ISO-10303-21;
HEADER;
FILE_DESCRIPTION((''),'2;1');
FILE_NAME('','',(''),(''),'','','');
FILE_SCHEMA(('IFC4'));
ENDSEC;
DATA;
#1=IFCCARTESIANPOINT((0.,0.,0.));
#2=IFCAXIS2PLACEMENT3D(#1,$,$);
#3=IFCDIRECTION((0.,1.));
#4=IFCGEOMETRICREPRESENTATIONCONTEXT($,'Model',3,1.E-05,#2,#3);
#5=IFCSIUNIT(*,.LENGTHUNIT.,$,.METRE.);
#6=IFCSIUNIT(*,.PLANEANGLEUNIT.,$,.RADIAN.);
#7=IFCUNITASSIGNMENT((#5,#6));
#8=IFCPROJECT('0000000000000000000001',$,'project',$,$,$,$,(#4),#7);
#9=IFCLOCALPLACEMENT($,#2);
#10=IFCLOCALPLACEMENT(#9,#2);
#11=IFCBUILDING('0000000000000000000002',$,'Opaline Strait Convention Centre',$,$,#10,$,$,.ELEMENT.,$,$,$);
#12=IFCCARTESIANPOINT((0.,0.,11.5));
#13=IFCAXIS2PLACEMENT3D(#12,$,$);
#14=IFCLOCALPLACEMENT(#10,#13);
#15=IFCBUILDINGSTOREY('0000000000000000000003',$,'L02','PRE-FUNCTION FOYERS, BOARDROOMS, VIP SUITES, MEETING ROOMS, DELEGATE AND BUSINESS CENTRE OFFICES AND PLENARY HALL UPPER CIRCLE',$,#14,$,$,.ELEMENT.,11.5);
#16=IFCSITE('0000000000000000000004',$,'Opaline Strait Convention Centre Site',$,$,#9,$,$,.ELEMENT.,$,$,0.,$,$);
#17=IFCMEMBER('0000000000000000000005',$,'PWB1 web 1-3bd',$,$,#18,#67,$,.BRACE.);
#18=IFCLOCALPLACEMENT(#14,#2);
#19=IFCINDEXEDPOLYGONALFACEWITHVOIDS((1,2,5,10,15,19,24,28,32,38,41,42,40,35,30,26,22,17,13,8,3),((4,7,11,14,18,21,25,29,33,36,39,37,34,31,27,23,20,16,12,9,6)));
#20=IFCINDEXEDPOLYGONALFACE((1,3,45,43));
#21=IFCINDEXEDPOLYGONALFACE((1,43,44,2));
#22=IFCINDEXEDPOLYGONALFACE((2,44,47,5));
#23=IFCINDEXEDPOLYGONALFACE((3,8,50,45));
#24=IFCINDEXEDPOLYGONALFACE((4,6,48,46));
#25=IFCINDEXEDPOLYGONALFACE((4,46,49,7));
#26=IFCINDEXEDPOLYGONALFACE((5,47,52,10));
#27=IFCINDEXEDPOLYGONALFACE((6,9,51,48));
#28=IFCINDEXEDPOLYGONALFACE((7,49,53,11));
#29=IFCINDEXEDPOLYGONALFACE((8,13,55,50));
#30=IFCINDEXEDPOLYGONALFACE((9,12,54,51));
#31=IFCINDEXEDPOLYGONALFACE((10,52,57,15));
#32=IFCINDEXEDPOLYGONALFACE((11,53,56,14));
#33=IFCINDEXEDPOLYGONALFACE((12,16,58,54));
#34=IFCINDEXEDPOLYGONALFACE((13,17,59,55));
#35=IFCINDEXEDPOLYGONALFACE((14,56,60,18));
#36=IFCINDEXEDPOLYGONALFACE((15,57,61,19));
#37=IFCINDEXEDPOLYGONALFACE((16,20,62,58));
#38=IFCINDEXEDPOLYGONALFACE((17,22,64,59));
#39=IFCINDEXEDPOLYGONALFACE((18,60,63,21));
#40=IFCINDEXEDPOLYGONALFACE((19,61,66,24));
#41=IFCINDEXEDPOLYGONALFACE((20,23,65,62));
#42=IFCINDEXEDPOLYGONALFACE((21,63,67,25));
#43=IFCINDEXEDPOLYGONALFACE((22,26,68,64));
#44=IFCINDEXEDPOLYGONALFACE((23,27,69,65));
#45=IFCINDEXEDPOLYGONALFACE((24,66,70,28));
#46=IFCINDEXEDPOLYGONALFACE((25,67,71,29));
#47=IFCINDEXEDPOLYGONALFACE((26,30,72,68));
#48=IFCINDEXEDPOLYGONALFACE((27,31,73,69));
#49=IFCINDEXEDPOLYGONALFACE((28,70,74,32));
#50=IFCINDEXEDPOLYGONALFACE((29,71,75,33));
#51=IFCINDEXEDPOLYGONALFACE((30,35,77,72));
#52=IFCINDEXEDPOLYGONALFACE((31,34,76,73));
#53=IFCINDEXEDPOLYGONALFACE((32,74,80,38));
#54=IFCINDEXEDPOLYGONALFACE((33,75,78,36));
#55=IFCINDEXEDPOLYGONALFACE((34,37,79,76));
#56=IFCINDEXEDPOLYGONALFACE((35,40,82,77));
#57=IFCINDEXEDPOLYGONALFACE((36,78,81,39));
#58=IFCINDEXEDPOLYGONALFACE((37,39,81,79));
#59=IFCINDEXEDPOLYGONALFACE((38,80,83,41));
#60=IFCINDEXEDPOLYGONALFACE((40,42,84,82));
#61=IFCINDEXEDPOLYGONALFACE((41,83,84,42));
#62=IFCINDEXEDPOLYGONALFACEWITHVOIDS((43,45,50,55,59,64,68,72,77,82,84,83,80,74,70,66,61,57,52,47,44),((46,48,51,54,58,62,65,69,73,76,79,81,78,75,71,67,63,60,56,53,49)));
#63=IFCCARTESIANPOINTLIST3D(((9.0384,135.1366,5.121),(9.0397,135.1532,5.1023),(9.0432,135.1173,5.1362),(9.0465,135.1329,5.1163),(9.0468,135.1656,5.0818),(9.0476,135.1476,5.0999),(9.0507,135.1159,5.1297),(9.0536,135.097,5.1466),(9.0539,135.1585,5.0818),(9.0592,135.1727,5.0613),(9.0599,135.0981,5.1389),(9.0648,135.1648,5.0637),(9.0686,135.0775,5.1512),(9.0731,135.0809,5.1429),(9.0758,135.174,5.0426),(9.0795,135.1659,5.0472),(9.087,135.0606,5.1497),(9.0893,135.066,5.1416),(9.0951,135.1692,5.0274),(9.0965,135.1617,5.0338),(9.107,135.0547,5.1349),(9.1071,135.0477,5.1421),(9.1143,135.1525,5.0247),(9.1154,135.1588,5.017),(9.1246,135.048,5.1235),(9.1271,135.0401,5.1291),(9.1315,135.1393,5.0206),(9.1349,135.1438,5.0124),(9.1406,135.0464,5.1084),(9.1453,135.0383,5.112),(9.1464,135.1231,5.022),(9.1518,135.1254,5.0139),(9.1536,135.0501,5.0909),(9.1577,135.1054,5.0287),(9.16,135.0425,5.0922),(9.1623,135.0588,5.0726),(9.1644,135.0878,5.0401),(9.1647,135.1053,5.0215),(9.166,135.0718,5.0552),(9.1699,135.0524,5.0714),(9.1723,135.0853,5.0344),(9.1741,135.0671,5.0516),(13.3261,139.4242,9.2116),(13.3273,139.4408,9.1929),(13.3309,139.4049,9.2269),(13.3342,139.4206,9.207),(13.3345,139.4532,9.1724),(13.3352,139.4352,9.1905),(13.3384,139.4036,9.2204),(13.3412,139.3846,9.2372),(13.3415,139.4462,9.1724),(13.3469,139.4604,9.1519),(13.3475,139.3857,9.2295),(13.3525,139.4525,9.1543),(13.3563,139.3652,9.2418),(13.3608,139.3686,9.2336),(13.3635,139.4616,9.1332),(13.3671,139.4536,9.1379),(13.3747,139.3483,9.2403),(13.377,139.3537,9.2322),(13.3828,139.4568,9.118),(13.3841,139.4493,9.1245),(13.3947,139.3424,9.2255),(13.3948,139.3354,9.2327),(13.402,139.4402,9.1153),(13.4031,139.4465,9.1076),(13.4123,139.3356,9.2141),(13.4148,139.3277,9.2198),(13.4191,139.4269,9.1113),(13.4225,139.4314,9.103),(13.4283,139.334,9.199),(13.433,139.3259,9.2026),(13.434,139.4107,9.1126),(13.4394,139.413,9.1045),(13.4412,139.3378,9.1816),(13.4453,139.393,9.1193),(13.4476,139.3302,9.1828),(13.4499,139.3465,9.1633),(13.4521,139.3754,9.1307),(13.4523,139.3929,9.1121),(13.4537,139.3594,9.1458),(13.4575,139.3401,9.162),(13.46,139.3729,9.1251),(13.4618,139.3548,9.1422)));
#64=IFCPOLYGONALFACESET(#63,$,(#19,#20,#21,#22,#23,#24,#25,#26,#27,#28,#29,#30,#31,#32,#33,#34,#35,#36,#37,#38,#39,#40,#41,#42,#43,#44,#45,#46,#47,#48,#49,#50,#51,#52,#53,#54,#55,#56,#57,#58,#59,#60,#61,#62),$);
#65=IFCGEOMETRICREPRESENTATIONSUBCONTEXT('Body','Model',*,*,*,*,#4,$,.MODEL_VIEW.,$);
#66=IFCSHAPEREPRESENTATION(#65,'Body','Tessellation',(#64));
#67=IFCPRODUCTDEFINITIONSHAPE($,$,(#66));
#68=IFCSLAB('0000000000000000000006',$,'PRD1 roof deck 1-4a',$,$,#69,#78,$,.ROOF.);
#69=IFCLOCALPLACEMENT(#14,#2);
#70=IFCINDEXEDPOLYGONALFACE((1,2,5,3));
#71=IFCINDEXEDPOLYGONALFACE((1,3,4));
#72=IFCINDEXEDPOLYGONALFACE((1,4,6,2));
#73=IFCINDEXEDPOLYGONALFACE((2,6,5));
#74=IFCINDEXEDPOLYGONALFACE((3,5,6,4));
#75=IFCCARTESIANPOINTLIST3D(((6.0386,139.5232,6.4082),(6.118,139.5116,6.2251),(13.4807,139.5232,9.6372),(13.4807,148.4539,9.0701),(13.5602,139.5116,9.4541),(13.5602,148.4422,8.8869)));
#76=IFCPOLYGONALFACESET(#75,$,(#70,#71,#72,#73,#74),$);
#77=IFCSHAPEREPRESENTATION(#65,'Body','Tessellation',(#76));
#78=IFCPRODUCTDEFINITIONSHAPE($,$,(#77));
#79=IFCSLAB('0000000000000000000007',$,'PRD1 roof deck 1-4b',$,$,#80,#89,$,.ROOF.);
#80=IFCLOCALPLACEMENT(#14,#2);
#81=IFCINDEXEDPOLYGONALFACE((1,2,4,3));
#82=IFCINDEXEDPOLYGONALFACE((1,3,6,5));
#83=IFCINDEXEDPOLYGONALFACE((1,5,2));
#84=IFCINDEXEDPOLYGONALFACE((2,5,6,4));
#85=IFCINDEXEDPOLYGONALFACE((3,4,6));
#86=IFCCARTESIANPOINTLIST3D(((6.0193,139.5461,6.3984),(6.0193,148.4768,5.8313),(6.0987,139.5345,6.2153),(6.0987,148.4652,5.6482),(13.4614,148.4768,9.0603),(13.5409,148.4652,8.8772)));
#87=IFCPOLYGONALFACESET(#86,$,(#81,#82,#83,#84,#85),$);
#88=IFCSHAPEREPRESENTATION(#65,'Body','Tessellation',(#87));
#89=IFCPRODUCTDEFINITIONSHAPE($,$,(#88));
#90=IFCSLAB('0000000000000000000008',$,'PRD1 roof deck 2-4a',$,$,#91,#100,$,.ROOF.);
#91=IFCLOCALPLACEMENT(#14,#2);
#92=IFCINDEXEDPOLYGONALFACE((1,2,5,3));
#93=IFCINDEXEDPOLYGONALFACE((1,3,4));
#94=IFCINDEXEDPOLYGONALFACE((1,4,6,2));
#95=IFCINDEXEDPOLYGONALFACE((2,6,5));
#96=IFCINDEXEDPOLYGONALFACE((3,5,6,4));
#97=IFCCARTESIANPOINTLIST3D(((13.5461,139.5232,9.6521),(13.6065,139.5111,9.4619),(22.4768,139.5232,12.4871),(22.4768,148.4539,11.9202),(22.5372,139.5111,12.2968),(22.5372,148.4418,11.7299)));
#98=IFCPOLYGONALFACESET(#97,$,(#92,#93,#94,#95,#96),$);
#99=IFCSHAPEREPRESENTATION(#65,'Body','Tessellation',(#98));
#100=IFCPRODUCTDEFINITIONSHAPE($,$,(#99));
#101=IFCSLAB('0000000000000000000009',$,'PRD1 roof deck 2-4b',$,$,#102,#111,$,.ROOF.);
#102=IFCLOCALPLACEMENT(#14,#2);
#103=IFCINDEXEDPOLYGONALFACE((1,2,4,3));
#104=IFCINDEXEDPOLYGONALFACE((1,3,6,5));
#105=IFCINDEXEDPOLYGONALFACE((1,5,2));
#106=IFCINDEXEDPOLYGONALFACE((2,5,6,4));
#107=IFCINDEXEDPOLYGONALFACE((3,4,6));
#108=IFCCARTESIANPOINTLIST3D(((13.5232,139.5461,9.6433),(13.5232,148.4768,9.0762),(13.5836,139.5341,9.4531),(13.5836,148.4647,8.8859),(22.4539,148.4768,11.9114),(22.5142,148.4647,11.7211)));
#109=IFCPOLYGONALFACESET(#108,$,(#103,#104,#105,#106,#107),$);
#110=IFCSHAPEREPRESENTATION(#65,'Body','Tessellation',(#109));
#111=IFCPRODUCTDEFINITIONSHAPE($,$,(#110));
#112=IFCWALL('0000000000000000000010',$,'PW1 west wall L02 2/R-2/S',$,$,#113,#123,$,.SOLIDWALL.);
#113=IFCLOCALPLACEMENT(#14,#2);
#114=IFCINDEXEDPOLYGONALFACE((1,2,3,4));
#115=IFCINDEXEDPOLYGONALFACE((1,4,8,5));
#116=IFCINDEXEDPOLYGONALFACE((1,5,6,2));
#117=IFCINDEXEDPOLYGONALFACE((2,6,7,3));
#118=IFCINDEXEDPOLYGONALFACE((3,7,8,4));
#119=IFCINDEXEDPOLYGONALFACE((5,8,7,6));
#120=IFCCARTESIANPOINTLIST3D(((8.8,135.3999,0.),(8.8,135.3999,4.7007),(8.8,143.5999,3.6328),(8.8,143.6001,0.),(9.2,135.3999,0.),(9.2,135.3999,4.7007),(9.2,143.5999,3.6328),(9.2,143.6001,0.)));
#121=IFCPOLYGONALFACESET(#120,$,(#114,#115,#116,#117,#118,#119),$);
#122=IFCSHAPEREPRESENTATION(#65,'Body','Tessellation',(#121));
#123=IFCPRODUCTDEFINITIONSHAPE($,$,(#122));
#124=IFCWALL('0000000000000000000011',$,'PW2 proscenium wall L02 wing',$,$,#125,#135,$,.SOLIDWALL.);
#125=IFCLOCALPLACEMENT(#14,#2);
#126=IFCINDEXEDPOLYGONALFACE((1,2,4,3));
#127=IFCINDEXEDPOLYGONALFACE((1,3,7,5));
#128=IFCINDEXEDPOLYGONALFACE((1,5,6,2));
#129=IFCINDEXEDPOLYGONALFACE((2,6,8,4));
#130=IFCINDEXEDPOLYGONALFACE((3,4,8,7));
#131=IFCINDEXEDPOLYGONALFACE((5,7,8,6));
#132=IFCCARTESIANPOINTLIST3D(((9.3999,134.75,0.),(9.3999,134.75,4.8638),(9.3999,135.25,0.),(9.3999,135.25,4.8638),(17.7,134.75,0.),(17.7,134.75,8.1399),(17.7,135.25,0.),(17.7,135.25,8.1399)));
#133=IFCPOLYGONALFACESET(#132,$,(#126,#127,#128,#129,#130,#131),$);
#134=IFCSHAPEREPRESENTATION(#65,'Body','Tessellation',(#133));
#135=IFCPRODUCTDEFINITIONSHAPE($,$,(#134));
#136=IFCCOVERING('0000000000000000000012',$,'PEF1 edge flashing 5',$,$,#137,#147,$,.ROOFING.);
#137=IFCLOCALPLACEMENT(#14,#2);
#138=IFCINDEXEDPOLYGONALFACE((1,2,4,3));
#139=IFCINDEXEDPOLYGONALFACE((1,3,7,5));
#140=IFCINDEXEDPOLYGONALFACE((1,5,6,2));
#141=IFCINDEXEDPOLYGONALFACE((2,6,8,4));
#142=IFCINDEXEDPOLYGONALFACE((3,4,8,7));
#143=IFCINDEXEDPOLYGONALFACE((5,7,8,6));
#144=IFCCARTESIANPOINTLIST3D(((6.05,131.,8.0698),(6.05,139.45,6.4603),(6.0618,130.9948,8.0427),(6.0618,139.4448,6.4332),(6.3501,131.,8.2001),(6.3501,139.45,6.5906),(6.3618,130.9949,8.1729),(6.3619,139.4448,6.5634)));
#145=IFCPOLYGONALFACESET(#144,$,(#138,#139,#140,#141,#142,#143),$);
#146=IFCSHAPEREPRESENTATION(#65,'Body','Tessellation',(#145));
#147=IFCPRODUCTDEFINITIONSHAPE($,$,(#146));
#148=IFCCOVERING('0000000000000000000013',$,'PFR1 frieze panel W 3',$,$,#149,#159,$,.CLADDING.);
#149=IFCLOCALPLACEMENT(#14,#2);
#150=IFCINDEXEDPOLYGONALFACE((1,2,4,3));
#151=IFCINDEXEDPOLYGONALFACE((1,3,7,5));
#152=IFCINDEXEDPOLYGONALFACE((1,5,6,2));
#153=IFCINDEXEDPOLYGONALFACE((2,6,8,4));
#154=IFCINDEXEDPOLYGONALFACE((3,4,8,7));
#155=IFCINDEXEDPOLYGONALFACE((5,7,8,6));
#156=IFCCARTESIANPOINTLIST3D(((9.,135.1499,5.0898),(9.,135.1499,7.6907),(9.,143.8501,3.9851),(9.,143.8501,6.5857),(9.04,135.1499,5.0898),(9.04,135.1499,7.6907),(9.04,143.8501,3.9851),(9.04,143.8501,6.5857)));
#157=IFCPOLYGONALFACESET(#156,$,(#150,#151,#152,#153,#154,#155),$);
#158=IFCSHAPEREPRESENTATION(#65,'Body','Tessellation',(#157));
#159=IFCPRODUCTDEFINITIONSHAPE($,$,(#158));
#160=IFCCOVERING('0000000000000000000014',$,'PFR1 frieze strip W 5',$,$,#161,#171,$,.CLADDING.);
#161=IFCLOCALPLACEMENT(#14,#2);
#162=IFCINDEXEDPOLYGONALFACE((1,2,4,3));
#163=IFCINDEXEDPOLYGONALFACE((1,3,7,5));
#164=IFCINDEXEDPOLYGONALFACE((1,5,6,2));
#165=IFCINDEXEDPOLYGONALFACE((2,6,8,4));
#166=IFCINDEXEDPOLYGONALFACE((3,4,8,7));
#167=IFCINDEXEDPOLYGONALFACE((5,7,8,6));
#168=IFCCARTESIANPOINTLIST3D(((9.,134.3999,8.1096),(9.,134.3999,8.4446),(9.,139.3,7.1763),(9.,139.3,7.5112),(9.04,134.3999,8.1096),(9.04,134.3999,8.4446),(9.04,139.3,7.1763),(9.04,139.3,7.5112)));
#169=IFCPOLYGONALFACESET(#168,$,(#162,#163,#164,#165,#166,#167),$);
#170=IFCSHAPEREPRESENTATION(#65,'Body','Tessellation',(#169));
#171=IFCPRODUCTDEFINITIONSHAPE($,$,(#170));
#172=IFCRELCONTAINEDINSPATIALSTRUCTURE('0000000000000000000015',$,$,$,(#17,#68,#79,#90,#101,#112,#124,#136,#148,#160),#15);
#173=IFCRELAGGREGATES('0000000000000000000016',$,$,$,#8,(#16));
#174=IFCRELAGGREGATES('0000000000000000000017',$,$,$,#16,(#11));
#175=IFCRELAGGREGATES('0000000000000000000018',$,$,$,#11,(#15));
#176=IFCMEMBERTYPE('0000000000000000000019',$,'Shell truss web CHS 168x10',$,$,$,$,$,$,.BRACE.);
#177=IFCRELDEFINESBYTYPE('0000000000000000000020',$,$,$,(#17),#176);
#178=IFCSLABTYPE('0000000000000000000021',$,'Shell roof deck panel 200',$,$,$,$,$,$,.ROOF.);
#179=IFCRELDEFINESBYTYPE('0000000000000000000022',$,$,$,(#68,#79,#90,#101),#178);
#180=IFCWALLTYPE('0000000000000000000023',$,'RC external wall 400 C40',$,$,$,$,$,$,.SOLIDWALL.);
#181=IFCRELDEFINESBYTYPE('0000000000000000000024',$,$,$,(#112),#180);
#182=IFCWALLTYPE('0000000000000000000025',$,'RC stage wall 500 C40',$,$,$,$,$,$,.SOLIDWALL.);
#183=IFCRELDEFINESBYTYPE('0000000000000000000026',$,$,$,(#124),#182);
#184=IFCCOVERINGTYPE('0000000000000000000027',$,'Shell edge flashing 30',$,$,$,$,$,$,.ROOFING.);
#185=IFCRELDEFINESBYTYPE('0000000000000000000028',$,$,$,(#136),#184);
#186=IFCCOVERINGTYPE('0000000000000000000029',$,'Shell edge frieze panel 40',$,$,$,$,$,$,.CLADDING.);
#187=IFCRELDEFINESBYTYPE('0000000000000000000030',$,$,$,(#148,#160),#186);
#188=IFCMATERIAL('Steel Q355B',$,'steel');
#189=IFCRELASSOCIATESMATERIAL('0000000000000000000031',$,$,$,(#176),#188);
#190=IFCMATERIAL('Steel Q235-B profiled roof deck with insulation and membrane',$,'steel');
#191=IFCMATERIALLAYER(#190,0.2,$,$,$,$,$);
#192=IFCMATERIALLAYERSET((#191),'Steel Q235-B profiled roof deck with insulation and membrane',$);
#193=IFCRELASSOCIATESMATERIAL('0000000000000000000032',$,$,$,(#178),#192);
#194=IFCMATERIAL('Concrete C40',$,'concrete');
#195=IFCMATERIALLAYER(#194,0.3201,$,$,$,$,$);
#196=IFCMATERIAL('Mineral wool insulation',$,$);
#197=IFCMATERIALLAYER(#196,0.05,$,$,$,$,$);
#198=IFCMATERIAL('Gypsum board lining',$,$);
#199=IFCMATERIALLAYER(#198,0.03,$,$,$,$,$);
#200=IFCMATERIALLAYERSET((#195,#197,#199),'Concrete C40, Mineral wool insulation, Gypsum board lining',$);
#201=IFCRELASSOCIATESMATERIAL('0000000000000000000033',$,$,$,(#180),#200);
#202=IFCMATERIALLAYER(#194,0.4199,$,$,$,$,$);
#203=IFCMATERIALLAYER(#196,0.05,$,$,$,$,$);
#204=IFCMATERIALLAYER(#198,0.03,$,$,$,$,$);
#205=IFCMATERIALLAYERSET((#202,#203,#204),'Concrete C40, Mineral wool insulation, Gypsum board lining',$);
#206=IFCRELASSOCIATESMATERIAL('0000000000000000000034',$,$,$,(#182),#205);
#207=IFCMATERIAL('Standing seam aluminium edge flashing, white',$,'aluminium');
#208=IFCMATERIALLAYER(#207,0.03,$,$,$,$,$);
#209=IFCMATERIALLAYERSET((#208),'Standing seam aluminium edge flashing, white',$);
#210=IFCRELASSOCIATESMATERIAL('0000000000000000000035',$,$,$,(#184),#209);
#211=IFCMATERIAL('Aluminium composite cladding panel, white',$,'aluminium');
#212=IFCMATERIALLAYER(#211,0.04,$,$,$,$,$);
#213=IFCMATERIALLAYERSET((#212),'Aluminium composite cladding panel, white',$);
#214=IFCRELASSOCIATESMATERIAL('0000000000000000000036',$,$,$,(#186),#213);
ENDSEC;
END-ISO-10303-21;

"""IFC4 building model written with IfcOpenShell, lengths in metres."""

from ifc_helpers import new_model, si_unit, direction, frame, origin, origin_2d, place, context, subcontext, project, spatial, polyline, hollow_circle, outline, extrude, material, layer, layer_set, material_profile, profile_set, type_object, element, save


model = new_model("IFC4")

# Units and contexts
model_context = context("Model", 3, precision=1e-05, world=origin(), true_north=direction((0.0, 1.0)))
body_context = subcontext(model_context, "Body", "Model", "MODEL_VIEW")
ifc_project = project(units=[si_unit("LENGTHUNIT", "METRE"), si_unit("PLANEANGLEUNIT", "RADIAN")], contexts=[model_context])

# Site, building, storey
site_placement = place(None, origin())
site = spatial("IfcSite", under=ifc_project, at=site_placement, Name="Opaline Strait Convention Centre Site", CompositionType="ELEMENT", RefElevation=0.0)
building_placement = place(site_placement, origin())
building = spatial("IfcBuilding", under=site, at=building_placement, Name="Opaline Strait Convention Centre", CompositionType="ELEMENT")
storey_placement = place(building_placement, frame((0.0, 0.0, 11.5)))
storey = spatial("IfcBuildingStorey", under=building, at=storey_placement, Name="L02", Description="PRE-FUNCTION FOYERS, BOARDROOMS, VIP SUITES, MEETING ROOMS, DELEGATE AND BUSINESS CENTRE OFFICES AND PLENARY HALL UPPER CIRCLE", CompositionType="ELEMENT", Elevation=11.5)

# Shared definitions
ifc_material_1 = material(Name="Concrete C40", Category="concrete")

# Member
ifc_material_2 = material(Name="Steel Q355B", Category="steel")
ifc_material_profile_1 = material_profile(ifc_material_2, hollow_circle(Radius=0.084, WallThickness=0.01, at=origin_2d()), Name="CHS 168x10")
ifc_profile_set_1 = profile_set([ifc_material_profile_1], Name="Steel Q355B")
member_type_1 = type_object("IfcMemberType", Name="Shell truss web CHS 168x10", PredefinedType="BRACE", material=ifc_profile_set_1)
member_1_placement = place(storey_placement, frame((9.1062, 135.1062, 5.0818), z_axis=(0.586189, 0.586189, 0.559253), x_axis=(-0.707107, 0.707107, 0.0)))
element("IfcMember", 1, at=member_1_placement, inside=storey, type_object=member_type_1, Name="PWB1 web 1-3bd", PredefinedType="BRACE", context=body_context, shape_type="SweptSolid", body=[
    extrude(hollow_circle(Radius=0.084, WallThickness=0.01, at=origin_2d()), origin(), (0.0, 0.0, 1.0), 7.3145),
])

# Slabs
ifc_material_3 = material(Name="Steel Q235-B profiled roof deck with insulation and membrane", Category="steel")
ifc_layer_1 = layer(ifc_material_3, 0.2)
ifc_layer_set_1 = layer_set([ifc_layer_1], Name="Steel Q235-B profiled roof deck with insulation and membrane")
slab_type = type_object("IfcSlabType", Name="Shell roof deck panel 200", PredefinedType="ROOF", material=ifc_layer_set_1)
slab_1_placement = place(storey_placement, frame((6.0386, 139.5232, 6.4082), z_axis=(-0.397357, 0.058159, 0.915819), x_axis=(0.917372, 0.0, 0.398031)))
element("IfcSlab", 2, at=slab_1_placement, inside=storey, type_object=slab_type, Name="PRD1 roof deck 1-4a", PredefinedType="ROOF", context=body_context, shape_type="SweptSolid", body=[
    extrude(outline(polyline([(0.0, 0.0), (8.1125, 0.0), (7.8867, 8.9458), (0.0, 0.0)])), origin(), (0.0, 0.0, -1.0), 0.2),
])
slab_2_placement = place(storey_placement, frame((6.0193, 139.5461, 6.3984), z_axis=(-0.397357, 0.058159, 0.915819), x_axis=(0.62403, 0.748844, 0.2232)))
element("IfcSlab", 3, at=slab_2_placement, inside=storey, type_object=slab_type, Name="PRD1 roof deck 1-4b", PredefinedType="ROOF", context=body_context, shape_type="SweptSolid", body=[
    extrude(outline(polyline([(0.0, 0.0), (11.9259, 0.0), (6.5611, 6.0853), (0.0, 0.0)])), origin(), (0.0, 0.0, -1.0), 0.2),
])
slab_3_placement = place(storey_placement, frame((13.5461, 139.5232, 9.6521), z_axis=(-0.30201, 0.060392, 0.95139), x_axis=(0.95313, 0.0, 0.302563)))
element("IfcSlab", 4, at=slab_3_placement, inside=storey, type_object=slab_type, Name="PRD1 roof deck 2-4a", PredefinedType="ROOF", context=body_context, shape_type="SweptSolid", body=[
    extrude(outline(polyline([(0.0, 0.0), (9.3698, 0.0), (9.1983, 8.947), (0.0, 0.0)])), origin(), (0.0, 0.0, -1.0), 0.2),
])
slab_4_placement = place(storey_placement, frame((13.5232, 139.5461, 9.6433), z_axis=(-0.302034, 0.060417, 0.951381), x_axis=(0.695974, 0.695974, 0.176752)))
element("IfcSlab", 5, at=slab_4_placement, inside=storey, type_object=slab_type, Name="PRD1 roof deck 2-4b", PredefinedType="ROOF", context=body_context, shape_type="SweptSolid", body=[
    extrude(outline(polyline([(0.0, 0.0), (12.8319, 0.0), (6.1153, 6.5331), (0.0, 0.0)])), origin(), (0.0, 0.0, -1.0), 0.2),
])

# Walls
ifc_layer_2 = layer(ifc_material_1, 0.3201)
ifc_material_4 = material(Name="Mineral wool insulation")
ifc_layer_3 = layer(ifc_material_4, 0.05)
ifc_material_5 = material(Name="Gypsum board lining")
ifc_layer_4 = layer(ifc_material_5, 0.03)
ifc_layer_set_2 = layer_set([ifc_layer_2, ifc_layer_3, ifc_layer_4], Name="Concrete C40, Mineral wool insulation, Gypsum board lining")
wall_type_1 = type_object("IfcWallType", Name="RC external wall 400 C40", PredefinedType="SOLIDWALL", material=ifc_layer_set_2)
wall_1_placement = place(storey_placement, frame((9.0, 135.3999, 0.0), z_axis=(0.0, 0.0, 1.0), x_axis=(0.0, 1.0, 0.0)))
element("IfcWall", 6, at=wall_1_placement, inside=storey, type_object=wall_type_1, Name="PW1 west wall L02 2/R-2/S", PredefinedType="SOLIDWALL", context=body_context, shape_type="SweptSolid", body=[
    extrude(outline(polyline([(0.0, 0.0), (8.2002, 0.0), (8.2, 3.6328), (0.0, 4.7007), (0.0, 0.0)])), frame((0.0, 0.2, 0.0), z_axis=(0.0, -1.0, 0.0), x_axis=(1.0, 0.0, 0.0)), (0.0, 0.0, 1.0), 0.3999),
])
ifc_layer_5 = layer(ifc_material_1, 0.4199)
ifc_layer_6 = layer(ifc_material_4, 0.05)
ifc_layer_7 = layer(ifc_material_5, 0.03)
ifc_layer_set_3 = layer_set([ifc_layer_5, ifc_layer_6, ifc_layer_7], Name="Concrete C40, Mineral wool insulation, Gypsum board lining")
wall_type_2 = type_object("IfcWallType", Name="RC stage wall 500 C40", PredefinedType="SOLIDWALL", material=ifc_layer_set_3)
wall_2_placement = place(storey_placement, frame((9.3999, 135.0, 0.0), z_axis=(0.0, 0.0, 1.0), x_axis=(1.0, 0.0, 0.0)))
element("IfcWall", 7, at=wall_2_placement, inside=storey, type_object=wall_type_2, Name="PW2 proscenium wall L02 wing", PredefinedType="SOLIDWALL", context=body_context, shape_type="SweptSolid", body=[
    extrude(outline(polyline([(0.0, 0.0), (8.3, 0.0), (8.3, 8.1399), (0.0, 4.8638), (0.0, 0.0)])), frame((0.0, 0.25, 0.0), z_axis=(0.0, -1.0, 0.0), x_axis=(1.0, 0.0, 0.0)), (0.0, 0.0, 1.0), 0.5),
])

# Coverings
ifc_material_6 = material(Name="Standing seam aluminium edge flashing, white", Category="aluminium")
ifc_layer_8 = layer(ifc_material_6, 0.03)
ifc_layer_set_4 = layer_set([ifc_layer_8], Name="Standing seam aluminium edge flashing, white")
covering_type_1 = type_object("IfcCoveringType", Name="Shell edge flashing 30", PredefinedType="ROOFING", material=ifc_layer_set_4)
covering_1_placement = place(storey_placement, frame((6.05, 131.0, 8.0698), z_axis=(-0.392252, 0.172115, 0.903612), x_axis=(0.917305, 0.000058, 0.398185)))
element("IfcCovering", 8, at=covering_1_placement, inside=storey, type_object=covering_type_1, Name="PEF1 edge flashing 5", PredefinedType="ROOFING", context=body_context, shape_type="SweptSolid", body=[
    extrude(outline(polyline([(0.0, 0.0), (0.3271, 0.0), (-0.3133, 8.578), (-0.6404, 8.578), (0.0, 0.0)])), origin(), (0.0, 0.0, -1.0), 0.03),
])
ifc_material_7 = material(Name="Aluminium composite cladding panel, white", Category="aluminium")
ifc_layer_9 = layer(ifc_material_7, 0.04)
ifc_layer_set_5 = layer_set([ifc_layer_9], Name="Aluminium composite cladding panel, white")
covering_type_2 = type_object("IfcCoveringType", Name="Shell edge frieze panel 40", PredefinedType="CLADDING", material=ifc_layer_set_5)
covering_2_placement = place(storey_placement, frame((9.0, 135.1499, 7.6907), z_axis=(-1.0, 0.0, 0.0), x_axis=(0.0, 0.992031, -0.125994)))
element("IfcCovering", 9, at=covering_2_placement, inside=storey, type_object=covering_type_2, Name="PFR1 frieze panel W 3", PredefinedType="CLADDING", context=body_context, shape_type="SweptSolid", body=[
    extrude(outline(polyline([(0.0, 0.0), (8.7701, 0.0), (9.0977, 2.5799), (0.3277, 2.5801), (0.0, 0.0)])), origin(), (0.0, 0.0, -1.0), 0.04),
])
covering_3_placement = place(storey_placement, frame((9.0, 134.3999, 8.4446), z_axis=(-1.0, 0.0, 0.0), x_axis=(0.0, 0.982339, -0.18711)))
element("IfcCovering", 10, at=covering_3_placement, inside=storey, type_object=covering_type_2, Name="PFR1 frieze strip W 5", PredefinedType="CLADDING", context=body_context, shape_type="SweptSolid", body=[
    extrude(outline(polyline([(0.0, 0.0), (4.9882, 0.0), (5.0509, 0.329), (0.0627, 0.329), (0.0, 0.0)])), origin(), (0.0, 0.0, -1.0), 0.04),
])

save(model, "model.ifc")
